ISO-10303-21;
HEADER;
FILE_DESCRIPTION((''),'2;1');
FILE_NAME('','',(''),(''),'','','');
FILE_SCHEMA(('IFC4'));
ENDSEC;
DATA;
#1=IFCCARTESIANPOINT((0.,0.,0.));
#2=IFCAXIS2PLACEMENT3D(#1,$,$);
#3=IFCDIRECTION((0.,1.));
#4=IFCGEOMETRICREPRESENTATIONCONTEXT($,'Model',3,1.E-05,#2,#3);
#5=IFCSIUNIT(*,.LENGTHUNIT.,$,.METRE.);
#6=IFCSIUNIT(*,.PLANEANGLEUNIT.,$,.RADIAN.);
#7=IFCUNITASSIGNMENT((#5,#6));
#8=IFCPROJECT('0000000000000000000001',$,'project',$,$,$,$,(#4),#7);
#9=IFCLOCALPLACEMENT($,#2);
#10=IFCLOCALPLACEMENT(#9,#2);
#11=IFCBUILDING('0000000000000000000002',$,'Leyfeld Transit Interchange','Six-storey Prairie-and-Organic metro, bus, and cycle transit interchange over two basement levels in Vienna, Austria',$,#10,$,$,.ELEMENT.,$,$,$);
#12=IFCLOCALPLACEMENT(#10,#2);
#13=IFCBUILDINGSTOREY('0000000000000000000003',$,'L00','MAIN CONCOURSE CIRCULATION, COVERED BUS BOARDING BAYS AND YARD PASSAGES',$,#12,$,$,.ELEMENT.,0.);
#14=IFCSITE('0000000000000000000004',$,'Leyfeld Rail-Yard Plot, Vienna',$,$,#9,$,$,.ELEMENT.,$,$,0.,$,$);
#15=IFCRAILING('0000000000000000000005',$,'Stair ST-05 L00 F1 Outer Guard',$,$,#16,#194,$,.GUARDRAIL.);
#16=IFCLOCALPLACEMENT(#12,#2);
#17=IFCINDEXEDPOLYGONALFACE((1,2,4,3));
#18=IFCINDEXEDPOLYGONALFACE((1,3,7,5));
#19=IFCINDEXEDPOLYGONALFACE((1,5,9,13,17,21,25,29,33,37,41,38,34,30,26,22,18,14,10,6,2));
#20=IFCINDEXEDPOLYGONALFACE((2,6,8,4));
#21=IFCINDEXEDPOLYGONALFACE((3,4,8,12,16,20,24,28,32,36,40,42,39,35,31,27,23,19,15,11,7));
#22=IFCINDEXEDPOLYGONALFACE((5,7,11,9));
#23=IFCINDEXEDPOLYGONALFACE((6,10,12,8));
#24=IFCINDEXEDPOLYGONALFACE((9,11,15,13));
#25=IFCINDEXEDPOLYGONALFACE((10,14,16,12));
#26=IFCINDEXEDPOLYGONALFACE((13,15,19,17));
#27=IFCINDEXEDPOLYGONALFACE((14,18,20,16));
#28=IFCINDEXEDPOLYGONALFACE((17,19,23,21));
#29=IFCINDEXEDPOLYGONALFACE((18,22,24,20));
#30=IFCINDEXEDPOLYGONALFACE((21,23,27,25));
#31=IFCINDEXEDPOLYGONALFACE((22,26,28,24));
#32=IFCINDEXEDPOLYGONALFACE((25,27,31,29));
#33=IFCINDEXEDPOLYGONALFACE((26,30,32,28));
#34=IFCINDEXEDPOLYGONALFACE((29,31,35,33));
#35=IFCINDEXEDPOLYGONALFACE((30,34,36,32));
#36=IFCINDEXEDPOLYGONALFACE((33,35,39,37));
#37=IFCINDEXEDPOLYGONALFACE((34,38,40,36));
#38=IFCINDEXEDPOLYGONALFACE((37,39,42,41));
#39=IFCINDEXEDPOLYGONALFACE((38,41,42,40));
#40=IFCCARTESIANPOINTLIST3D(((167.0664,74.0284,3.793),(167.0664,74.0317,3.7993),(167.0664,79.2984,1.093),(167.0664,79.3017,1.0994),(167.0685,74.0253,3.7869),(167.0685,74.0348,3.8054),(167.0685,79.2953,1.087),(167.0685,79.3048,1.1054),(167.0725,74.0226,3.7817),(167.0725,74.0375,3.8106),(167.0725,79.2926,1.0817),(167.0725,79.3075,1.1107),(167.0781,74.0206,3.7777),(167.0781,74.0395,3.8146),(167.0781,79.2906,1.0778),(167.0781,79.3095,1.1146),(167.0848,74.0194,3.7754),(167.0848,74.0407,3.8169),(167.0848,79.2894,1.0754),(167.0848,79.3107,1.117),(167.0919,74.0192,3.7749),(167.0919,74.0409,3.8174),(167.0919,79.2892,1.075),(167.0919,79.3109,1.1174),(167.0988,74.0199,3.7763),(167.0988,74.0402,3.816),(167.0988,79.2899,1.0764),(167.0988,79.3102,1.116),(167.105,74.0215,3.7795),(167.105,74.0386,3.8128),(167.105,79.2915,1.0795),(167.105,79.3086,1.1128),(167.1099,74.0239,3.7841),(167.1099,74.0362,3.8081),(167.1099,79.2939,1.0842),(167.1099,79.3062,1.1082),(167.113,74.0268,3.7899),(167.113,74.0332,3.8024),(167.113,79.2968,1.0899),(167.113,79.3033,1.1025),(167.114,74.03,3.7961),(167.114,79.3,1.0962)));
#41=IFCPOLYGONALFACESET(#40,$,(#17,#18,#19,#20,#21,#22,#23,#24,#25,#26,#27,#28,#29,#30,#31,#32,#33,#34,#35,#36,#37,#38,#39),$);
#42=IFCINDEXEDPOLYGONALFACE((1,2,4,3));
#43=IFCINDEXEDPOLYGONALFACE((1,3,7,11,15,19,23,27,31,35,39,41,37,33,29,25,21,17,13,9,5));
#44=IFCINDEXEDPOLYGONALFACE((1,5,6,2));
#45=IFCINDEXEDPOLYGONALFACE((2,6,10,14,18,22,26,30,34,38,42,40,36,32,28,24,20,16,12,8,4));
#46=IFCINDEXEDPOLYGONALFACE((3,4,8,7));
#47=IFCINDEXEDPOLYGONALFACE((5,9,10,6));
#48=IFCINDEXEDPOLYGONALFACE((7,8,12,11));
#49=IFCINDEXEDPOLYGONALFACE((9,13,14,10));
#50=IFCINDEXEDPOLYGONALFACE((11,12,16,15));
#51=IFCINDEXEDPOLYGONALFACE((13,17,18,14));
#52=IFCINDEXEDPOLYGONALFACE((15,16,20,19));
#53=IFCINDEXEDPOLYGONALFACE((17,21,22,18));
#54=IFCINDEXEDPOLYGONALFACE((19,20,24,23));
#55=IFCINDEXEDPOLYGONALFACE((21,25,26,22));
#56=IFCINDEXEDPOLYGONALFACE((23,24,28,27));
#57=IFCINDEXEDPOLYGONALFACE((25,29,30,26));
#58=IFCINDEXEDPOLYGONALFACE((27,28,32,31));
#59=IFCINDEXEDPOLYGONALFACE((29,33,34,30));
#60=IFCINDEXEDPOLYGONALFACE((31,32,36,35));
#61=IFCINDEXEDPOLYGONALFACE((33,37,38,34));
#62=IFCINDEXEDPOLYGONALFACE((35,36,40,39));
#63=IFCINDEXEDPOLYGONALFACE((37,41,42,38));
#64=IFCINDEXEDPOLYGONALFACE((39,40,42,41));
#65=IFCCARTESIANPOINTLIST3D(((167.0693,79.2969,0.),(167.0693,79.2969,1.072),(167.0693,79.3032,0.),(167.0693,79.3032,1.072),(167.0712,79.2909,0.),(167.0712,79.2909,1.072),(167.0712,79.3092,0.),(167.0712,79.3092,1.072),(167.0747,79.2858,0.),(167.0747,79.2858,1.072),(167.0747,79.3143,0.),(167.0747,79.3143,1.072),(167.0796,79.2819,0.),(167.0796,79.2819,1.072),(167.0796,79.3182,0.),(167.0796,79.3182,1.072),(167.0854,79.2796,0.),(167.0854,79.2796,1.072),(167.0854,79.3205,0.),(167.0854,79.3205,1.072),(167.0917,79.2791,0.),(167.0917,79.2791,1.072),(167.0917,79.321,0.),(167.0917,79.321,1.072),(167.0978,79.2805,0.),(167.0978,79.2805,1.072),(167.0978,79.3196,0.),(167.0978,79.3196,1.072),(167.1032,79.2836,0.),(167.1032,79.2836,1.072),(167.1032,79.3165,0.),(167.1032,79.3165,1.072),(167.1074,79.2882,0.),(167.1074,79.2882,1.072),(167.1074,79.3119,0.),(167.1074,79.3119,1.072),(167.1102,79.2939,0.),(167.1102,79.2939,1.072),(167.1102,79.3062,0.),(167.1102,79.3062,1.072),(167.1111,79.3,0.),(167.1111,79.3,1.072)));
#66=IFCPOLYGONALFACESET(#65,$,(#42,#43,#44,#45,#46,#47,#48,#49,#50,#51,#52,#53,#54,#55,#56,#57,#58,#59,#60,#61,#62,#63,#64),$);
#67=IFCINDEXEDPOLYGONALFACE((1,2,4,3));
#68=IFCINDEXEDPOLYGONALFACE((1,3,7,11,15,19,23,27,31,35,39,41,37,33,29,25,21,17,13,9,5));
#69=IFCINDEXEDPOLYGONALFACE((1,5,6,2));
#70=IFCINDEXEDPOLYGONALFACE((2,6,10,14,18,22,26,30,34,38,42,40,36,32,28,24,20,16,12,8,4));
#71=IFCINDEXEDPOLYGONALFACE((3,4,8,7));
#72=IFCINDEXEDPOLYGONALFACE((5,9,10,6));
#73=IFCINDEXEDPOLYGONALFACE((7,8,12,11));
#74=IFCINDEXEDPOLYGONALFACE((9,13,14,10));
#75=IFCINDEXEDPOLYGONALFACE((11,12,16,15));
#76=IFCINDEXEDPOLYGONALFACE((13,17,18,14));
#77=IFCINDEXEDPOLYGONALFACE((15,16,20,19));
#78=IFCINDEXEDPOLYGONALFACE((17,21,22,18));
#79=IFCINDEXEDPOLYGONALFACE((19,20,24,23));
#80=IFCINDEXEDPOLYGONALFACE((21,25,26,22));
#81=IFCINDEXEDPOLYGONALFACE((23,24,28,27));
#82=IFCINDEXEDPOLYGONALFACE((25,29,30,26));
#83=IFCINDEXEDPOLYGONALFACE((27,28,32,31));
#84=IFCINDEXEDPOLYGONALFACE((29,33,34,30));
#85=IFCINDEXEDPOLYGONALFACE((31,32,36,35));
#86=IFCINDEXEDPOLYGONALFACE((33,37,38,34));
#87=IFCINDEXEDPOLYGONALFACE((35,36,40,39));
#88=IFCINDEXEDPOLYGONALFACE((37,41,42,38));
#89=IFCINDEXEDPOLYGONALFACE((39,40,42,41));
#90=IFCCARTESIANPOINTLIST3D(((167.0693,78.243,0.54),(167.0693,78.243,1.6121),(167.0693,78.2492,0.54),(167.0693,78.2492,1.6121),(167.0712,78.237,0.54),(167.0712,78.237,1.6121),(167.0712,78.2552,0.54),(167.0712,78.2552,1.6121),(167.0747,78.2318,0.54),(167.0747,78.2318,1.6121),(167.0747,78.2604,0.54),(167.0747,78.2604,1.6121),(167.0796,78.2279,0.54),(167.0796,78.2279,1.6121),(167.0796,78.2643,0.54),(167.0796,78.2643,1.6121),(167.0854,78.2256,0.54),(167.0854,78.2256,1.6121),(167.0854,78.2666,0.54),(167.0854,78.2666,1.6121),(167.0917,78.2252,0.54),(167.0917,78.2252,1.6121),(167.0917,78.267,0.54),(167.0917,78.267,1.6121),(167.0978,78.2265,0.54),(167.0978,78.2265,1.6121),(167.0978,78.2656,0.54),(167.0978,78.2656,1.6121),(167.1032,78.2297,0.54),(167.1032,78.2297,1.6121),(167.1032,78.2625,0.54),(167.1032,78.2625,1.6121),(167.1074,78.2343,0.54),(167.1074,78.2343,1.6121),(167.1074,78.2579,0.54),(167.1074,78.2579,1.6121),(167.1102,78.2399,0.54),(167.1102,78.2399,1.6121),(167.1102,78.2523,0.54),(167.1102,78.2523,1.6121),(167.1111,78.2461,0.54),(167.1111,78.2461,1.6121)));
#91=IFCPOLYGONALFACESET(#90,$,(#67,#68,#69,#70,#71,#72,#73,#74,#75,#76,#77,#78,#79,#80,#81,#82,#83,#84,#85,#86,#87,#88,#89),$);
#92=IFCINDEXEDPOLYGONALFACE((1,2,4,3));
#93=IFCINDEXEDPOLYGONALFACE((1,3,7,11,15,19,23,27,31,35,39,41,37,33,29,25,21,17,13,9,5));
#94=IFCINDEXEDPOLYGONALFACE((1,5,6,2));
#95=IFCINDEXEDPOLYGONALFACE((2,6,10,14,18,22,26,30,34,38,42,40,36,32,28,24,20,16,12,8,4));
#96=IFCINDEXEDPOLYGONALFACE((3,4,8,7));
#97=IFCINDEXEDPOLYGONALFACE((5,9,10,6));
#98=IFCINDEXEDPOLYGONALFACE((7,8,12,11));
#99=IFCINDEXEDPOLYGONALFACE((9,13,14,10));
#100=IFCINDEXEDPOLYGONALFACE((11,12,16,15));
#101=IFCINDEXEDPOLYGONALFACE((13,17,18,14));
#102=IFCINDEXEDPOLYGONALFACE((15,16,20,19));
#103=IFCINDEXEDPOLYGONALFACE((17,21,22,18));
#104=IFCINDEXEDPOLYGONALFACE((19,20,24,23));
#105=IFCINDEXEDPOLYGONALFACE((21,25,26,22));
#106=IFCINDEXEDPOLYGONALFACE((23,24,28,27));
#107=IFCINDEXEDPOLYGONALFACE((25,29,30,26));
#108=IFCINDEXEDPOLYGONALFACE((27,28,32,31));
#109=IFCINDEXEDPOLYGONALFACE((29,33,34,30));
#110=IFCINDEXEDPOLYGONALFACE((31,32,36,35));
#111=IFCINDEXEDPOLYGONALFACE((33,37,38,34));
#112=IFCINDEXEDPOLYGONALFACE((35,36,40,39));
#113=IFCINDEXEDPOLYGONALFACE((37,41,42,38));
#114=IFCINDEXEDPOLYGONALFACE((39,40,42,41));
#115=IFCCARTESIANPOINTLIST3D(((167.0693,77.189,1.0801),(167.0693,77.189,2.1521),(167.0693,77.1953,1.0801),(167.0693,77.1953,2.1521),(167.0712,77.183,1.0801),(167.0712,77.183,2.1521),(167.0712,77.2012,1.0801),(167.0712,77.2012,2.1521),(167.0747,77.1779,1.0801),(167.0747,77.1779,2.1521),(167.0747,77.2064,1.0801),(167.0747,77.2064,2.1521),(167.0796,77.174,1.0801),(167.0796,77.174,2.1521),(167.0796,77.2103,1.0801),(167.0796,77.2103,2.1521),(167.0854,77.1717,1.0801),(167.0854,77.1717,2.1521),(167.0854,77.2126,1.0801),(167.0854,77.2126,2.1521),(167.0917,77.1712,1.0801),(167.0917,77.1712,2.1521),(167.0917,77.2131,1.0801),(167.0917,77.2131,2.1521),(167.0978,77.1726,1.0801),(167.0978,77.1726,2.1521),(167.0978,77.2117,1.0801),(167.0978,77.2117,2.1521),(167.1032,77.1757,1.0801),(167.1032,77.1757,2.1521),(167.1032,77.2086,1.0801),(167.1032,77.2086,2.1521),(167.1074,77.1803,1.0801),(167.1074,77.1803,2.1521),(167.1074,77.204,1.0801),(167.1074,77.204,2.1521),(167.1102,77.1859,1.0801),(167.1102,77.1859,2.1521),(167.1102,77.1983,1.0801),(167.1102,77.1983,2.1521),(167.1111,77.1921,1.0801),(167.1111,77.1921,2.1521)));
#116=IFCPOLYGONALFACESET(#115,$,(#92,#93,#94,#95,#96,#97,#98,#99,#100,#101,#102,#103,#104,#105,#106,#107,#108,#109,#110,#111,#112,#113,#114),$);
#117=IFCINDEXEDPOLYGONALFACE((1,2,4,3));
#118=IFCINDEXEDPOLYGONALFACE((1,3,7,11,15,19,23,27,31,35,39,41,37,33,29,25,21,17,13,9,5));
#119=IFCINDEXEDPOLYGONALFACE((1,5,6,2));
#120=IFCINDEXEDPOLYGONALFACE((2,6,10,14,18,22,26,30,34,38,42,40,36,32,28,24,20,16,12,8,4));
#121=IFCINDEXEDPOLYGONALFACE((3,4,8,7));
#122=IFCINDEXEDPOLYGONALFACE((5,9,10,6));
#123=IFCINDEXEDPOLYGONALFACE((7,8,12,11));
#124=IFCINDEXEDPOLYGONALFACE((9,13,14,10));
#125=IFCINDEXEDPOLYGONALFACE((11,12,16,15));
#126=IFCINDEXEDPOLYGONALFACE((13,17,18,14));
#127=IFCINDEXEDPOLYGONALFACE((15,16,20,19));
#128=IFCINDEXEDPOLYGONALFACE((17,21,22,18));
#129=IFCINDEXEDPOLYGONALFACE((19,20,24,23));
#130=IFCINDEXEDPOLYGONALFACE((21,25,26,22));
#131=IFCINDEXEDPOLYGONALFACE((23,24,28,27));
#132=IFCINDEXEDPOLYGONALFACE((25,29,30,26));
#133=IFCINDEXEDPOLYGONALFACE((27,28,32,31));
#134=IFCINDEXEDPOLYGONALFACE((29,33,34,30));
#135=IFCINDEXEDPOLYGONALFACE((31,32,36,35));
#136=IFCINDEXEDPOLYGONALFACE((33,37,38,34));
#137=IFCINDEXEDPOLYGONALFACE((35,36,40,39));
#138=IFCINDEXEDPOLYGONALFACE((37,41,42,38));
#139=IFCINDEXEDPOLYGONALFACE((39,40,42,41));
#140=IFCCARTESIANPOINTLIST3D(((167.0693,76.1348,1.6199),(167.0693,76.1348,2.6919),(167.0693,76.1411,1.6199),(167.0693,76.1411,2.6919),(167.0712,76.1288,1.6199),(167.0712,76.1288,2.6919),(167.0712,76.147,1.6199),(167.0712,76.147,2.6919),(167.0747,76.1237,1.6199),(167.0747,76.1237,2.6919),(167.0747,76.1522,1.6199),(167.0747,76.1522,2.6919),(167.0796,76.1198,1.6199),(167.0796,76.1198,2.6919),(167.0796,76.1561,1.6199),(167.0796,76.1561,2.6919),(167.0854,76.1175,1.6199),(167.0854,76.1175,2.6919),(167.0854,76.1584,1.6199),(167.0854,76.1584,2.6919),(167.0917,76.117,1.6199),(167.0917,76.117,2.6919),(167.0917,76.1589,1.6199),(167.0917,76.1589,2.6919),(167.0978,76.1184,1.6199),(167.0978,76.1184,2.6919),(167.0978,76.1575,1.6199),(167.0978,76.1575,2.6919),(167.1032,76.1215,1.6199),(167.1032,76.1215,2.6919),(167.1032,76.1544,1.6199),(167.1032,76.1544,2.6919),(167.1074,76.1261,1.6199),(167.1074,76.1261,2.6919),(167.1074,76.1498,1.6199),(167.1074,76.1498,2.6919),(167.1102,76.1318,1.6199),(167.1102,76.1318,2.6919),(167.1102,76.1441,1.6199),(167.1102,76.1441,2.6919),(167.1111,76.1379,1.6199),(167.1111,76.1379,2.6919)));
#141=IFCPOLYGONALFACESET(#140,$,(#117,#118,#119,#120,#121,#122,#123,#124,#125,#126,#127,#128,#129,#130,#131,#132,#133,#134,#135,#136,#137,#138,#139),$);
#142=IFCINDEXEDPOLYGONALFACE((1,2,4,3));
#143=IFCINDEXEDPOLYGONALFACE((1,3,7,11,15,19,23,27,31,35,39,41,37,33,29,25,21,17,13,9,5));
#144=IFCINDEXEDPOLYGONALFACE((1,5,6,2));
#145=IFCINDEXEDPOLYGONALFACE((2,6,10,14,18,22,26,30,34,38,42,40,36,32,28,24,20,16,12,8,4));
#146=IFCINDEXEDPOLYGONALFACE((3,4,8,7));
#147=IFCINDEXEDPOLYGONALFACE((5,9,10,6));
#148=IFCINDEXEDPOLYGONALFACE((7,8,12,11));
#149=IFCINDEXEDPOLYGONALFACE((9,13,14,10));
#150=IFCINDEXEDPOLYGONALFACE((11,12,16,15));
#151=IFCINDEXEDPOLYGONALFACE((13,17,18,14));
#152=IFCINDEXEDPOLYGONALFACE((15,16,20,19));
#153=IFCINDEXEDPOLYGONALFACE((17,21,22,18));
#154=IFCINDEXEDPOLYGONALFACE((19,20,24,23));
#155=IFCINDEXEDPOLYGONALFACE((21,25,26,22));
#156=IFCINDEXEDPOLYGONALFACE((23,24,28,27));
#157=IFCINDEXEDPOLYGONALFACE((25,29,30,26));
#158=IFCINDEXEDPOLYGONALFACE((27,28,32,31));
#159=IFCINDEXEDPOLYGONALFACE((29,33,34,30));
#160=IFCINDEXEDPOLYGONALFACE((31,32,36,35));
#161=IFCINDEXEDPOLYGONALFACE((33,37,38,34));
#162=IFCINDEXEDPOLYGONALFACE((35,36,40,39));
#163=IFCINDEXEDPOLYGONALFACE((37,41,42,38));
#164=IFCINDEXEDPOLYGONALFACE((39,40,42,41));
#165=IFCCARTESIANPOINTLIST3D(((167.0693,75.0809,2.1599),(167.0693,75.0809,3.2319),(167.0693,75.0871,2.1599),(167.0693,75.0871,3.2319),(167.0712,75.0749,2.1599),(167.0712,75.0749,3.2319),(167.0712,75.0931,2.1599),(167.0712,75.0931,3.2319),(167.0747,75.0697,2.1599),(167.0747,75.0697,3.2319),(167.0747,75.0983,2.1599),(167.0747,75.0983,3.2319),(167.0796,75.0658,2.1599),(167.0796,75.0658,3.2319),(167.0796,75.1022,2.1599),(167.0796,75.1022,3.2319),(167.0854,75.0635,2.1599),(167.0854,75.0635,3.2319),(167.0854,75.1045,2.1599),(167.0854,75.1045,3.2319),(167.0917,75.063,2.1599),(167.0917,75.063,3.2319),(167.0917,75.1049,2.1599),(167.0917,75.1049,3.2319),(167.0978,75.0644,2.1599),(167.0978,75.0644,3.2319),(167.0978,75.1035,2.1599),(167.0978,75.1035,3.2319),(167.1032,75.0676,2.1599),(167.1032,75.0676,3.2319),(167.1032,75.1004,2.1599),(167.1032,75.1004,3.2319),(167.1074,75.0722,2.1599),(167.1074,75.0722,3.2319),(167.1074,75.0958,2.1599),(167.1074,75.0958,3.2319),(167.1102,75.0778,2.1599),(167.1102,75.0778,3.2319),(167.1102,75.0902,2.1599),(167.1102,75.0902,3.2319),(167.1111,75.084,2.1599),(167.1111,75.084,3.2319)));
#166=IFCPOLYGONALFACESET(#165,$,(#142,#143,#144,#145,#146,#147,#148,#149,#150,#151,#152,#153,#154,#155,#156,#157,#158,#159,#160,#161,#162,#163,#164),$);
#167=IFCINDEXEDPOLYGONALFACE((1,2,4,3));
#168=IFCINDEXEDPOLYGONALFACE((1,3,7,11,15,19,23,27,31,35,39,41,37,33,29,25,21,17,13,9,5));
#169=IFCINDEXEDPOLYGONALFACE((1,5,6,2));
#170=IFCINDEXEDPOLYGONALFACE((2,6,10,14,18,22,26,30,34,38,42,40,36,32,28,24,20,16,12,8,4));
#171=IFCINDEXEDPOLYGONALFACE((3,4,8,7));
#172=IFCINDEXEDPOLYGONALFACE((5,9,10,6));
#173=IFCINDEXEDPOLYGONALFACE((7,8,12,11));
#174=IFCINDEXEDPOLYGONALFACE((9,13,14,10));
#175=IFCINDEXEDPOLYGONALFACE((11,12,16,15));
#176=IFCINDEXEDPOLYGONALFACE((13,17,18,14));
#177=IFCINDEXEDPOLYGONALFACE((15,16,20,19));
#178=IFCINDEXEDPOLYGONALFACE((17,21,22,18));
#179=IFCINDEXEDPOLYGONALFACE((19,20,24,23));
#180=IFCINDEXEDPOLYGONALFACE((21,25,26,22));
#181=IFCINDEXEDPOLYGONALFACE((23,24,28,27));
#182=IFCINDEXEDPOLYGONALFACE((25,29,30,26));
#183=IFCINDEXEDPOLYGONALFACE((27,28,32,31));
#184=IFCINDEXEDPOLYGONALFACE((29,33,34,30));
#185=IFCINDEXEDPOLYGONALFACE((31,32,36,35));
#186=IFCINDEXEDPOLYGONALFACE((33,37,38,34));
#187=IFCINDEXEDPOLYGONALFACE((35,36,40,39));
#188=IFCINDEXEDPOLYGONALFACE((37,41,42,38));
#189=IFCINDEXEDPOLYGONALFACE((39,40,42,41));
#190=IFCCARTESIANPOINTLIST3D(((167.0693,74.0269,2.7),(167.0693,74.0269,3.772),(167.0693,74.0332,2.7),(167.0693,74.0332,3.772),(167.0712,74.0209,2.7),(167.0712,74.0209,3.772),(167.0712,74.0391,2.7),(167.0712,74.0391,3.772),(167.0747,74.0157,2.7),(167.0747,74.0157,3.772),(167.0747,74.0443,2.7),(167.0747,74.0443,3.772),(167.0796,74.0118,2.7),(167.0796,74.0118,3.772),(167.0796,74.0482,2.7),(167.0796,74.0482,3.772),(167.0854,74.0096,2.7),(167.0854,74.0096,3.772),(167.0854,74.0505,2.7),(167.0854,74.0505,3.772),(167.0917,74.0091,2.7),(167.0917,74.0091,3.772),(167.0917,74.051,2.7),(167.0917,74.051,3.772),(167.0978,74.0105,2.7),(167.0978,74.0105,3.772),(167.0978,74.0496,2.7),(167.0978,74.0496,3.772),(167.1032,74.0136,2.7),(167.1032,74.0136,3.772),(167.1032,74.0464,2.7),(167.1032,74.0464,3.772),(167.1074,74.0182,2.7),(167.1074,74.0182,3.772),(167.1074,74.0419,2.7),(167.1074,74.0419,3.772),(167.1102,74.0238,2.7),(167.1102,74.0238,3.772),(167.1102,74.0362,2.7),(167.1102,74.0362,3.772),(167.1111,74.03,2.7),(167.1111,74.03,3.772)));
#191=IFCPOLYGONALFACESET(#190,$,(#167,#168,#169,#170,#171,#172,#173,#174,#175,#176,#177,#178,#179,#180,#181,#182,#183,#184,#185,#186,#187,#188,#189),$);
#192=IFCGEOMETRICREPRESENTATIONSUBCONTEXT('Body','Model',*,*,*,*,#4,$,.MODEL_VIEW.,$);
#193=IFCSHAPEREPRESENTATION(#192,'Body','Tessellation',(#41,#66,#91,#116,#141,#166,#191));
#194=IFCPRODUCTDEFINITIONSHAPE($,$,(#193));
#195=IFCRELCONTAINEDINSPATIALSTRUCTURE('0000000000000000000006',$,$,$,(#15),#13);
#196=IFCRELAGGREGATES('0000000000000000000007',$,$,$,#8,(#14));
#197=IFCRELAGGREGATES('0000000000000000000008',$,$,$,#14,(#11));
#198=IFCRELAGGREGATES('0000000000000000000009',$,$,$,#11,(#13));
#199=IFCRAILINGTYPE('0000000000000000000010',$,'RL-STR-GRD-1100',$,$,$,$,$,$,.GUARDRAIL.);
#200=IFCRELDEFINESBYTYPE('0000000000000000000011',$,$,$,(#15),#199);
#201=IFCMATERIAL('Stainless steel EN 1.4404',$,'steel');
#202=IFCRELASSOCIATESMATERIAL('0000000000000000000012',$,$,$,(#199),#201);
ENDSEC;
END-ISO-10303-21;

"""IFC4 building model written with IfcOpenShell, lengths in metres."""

from ifc_helpers import new_model, si_unit, direction, frame, origin, origin_2d, place, context, subcontext, project, spatial, circle, extrude, material, type_object, element, save


model = new_model("IFC4")

# Units and contexts
model_context = context("Model", 3, precision=1e-05, world=origin(), true_north=direction((0.0, 1.0)))
body_context = subcontext(model_context, "Body", "Model", "MODEL_VIEW")
ifc_project = project(units=[si_unit("LENGTHUNIT", "METRE"), si_unit("PLANEANGLEUNIT", "RADIAN")], contexts=[model_context])

# Site, building, storey
site_placement = place(None, origin())
site = spatial("IfcSite", under=ifc_project, at=site_placement, Name="Leyfeld Rail-Yard Plot, Vienna", CompositionType="ELEMENT", RefElevation=0.0)
building_placement = place(site_placement, origin())
building = spatial("IfcBuilding", under=site, at=building_placement, Name="Leyfeld Transit Interchange", Description="Six-storey Prairie-and-Organic metro, bus, and cycle transit interchange over two basement levels in Vienna, Austria", CompositionType="ELEMENT")
storey_placement = place(building_placement, origin())
storey = spatial("IfcBuildingStorey", under=building, at=storey_placement, Name="L00", Description="MAIN CONCOURSE CIRCULATION, COVERED BUS BOARDING BAYS AND YARD PASSAGES", CompositionType="ELEMENT", Elevation=0.0)

# Railing
ifc_material_1 = material(Name="Stainless steel EN 1.4404", Category="steel")
railing_type_1 = type_object("IfcRailingType", Name="RL-STR-GRD-1100", PredefinedType="GUARDRAIL", material=ifc_material_1)
for number, where, name in (
    (1, (167.0901, 79.3, 0.0), "Stair ST-05 L00 F1 Outer Guard"),
):
    element("IfcRailing", number, at=place(storey_placement, frame(where)), inside=storey, type_object=railing_type_1, Name=name, PredefinedType="GUARDRAIL", context=body_context, shape_type="SweptSolid", body=[
        extrude(circle(Radius=0.0239, at=origin_2d()), frame((0.0, 0.0, 1.0962), z_axis=(0.0, -0.889997, 0.455966), x_axis=(1.0, 0.0, 0.0)), (0.0, 0.0, 1.0), 5.9214),
        extrude(circle(Radius=0.021, at=origin_2d()), origin(), (0.0, 0.0, 1.0), 1.072),
        extrude(circle(Radius=0.021, at=origin_2d()), frame((0.0, -1.054, 0.54)), (0.0, 0.0, 1.0), 1.072),
        extrude(circle(Radius=0.021, at=origin_2d()), frame((0.0, -2.1079, 1.0801)), (0.0, 0.0, 1.0), 1.072),
        extrude(circle(Radius=0.021, at=origin_2d()), frame((0.0, -3.1621, 1.6199)), (0.0, 0.0, 1.0), 1.072),
        extrude(circle(Radius=0.021, at=origin_2d()), frame((0.0, -4.2161, 2.1599)), (0.0, 0.0, 1.0), 1.072),
        extrude(circle(Radius=0.021, at=origin_2d()), frame((0.0, -5.27, 2.7)), (0.0, 0.0, 1.0), 1.072),
    ])

save(model, "model.ifc")
